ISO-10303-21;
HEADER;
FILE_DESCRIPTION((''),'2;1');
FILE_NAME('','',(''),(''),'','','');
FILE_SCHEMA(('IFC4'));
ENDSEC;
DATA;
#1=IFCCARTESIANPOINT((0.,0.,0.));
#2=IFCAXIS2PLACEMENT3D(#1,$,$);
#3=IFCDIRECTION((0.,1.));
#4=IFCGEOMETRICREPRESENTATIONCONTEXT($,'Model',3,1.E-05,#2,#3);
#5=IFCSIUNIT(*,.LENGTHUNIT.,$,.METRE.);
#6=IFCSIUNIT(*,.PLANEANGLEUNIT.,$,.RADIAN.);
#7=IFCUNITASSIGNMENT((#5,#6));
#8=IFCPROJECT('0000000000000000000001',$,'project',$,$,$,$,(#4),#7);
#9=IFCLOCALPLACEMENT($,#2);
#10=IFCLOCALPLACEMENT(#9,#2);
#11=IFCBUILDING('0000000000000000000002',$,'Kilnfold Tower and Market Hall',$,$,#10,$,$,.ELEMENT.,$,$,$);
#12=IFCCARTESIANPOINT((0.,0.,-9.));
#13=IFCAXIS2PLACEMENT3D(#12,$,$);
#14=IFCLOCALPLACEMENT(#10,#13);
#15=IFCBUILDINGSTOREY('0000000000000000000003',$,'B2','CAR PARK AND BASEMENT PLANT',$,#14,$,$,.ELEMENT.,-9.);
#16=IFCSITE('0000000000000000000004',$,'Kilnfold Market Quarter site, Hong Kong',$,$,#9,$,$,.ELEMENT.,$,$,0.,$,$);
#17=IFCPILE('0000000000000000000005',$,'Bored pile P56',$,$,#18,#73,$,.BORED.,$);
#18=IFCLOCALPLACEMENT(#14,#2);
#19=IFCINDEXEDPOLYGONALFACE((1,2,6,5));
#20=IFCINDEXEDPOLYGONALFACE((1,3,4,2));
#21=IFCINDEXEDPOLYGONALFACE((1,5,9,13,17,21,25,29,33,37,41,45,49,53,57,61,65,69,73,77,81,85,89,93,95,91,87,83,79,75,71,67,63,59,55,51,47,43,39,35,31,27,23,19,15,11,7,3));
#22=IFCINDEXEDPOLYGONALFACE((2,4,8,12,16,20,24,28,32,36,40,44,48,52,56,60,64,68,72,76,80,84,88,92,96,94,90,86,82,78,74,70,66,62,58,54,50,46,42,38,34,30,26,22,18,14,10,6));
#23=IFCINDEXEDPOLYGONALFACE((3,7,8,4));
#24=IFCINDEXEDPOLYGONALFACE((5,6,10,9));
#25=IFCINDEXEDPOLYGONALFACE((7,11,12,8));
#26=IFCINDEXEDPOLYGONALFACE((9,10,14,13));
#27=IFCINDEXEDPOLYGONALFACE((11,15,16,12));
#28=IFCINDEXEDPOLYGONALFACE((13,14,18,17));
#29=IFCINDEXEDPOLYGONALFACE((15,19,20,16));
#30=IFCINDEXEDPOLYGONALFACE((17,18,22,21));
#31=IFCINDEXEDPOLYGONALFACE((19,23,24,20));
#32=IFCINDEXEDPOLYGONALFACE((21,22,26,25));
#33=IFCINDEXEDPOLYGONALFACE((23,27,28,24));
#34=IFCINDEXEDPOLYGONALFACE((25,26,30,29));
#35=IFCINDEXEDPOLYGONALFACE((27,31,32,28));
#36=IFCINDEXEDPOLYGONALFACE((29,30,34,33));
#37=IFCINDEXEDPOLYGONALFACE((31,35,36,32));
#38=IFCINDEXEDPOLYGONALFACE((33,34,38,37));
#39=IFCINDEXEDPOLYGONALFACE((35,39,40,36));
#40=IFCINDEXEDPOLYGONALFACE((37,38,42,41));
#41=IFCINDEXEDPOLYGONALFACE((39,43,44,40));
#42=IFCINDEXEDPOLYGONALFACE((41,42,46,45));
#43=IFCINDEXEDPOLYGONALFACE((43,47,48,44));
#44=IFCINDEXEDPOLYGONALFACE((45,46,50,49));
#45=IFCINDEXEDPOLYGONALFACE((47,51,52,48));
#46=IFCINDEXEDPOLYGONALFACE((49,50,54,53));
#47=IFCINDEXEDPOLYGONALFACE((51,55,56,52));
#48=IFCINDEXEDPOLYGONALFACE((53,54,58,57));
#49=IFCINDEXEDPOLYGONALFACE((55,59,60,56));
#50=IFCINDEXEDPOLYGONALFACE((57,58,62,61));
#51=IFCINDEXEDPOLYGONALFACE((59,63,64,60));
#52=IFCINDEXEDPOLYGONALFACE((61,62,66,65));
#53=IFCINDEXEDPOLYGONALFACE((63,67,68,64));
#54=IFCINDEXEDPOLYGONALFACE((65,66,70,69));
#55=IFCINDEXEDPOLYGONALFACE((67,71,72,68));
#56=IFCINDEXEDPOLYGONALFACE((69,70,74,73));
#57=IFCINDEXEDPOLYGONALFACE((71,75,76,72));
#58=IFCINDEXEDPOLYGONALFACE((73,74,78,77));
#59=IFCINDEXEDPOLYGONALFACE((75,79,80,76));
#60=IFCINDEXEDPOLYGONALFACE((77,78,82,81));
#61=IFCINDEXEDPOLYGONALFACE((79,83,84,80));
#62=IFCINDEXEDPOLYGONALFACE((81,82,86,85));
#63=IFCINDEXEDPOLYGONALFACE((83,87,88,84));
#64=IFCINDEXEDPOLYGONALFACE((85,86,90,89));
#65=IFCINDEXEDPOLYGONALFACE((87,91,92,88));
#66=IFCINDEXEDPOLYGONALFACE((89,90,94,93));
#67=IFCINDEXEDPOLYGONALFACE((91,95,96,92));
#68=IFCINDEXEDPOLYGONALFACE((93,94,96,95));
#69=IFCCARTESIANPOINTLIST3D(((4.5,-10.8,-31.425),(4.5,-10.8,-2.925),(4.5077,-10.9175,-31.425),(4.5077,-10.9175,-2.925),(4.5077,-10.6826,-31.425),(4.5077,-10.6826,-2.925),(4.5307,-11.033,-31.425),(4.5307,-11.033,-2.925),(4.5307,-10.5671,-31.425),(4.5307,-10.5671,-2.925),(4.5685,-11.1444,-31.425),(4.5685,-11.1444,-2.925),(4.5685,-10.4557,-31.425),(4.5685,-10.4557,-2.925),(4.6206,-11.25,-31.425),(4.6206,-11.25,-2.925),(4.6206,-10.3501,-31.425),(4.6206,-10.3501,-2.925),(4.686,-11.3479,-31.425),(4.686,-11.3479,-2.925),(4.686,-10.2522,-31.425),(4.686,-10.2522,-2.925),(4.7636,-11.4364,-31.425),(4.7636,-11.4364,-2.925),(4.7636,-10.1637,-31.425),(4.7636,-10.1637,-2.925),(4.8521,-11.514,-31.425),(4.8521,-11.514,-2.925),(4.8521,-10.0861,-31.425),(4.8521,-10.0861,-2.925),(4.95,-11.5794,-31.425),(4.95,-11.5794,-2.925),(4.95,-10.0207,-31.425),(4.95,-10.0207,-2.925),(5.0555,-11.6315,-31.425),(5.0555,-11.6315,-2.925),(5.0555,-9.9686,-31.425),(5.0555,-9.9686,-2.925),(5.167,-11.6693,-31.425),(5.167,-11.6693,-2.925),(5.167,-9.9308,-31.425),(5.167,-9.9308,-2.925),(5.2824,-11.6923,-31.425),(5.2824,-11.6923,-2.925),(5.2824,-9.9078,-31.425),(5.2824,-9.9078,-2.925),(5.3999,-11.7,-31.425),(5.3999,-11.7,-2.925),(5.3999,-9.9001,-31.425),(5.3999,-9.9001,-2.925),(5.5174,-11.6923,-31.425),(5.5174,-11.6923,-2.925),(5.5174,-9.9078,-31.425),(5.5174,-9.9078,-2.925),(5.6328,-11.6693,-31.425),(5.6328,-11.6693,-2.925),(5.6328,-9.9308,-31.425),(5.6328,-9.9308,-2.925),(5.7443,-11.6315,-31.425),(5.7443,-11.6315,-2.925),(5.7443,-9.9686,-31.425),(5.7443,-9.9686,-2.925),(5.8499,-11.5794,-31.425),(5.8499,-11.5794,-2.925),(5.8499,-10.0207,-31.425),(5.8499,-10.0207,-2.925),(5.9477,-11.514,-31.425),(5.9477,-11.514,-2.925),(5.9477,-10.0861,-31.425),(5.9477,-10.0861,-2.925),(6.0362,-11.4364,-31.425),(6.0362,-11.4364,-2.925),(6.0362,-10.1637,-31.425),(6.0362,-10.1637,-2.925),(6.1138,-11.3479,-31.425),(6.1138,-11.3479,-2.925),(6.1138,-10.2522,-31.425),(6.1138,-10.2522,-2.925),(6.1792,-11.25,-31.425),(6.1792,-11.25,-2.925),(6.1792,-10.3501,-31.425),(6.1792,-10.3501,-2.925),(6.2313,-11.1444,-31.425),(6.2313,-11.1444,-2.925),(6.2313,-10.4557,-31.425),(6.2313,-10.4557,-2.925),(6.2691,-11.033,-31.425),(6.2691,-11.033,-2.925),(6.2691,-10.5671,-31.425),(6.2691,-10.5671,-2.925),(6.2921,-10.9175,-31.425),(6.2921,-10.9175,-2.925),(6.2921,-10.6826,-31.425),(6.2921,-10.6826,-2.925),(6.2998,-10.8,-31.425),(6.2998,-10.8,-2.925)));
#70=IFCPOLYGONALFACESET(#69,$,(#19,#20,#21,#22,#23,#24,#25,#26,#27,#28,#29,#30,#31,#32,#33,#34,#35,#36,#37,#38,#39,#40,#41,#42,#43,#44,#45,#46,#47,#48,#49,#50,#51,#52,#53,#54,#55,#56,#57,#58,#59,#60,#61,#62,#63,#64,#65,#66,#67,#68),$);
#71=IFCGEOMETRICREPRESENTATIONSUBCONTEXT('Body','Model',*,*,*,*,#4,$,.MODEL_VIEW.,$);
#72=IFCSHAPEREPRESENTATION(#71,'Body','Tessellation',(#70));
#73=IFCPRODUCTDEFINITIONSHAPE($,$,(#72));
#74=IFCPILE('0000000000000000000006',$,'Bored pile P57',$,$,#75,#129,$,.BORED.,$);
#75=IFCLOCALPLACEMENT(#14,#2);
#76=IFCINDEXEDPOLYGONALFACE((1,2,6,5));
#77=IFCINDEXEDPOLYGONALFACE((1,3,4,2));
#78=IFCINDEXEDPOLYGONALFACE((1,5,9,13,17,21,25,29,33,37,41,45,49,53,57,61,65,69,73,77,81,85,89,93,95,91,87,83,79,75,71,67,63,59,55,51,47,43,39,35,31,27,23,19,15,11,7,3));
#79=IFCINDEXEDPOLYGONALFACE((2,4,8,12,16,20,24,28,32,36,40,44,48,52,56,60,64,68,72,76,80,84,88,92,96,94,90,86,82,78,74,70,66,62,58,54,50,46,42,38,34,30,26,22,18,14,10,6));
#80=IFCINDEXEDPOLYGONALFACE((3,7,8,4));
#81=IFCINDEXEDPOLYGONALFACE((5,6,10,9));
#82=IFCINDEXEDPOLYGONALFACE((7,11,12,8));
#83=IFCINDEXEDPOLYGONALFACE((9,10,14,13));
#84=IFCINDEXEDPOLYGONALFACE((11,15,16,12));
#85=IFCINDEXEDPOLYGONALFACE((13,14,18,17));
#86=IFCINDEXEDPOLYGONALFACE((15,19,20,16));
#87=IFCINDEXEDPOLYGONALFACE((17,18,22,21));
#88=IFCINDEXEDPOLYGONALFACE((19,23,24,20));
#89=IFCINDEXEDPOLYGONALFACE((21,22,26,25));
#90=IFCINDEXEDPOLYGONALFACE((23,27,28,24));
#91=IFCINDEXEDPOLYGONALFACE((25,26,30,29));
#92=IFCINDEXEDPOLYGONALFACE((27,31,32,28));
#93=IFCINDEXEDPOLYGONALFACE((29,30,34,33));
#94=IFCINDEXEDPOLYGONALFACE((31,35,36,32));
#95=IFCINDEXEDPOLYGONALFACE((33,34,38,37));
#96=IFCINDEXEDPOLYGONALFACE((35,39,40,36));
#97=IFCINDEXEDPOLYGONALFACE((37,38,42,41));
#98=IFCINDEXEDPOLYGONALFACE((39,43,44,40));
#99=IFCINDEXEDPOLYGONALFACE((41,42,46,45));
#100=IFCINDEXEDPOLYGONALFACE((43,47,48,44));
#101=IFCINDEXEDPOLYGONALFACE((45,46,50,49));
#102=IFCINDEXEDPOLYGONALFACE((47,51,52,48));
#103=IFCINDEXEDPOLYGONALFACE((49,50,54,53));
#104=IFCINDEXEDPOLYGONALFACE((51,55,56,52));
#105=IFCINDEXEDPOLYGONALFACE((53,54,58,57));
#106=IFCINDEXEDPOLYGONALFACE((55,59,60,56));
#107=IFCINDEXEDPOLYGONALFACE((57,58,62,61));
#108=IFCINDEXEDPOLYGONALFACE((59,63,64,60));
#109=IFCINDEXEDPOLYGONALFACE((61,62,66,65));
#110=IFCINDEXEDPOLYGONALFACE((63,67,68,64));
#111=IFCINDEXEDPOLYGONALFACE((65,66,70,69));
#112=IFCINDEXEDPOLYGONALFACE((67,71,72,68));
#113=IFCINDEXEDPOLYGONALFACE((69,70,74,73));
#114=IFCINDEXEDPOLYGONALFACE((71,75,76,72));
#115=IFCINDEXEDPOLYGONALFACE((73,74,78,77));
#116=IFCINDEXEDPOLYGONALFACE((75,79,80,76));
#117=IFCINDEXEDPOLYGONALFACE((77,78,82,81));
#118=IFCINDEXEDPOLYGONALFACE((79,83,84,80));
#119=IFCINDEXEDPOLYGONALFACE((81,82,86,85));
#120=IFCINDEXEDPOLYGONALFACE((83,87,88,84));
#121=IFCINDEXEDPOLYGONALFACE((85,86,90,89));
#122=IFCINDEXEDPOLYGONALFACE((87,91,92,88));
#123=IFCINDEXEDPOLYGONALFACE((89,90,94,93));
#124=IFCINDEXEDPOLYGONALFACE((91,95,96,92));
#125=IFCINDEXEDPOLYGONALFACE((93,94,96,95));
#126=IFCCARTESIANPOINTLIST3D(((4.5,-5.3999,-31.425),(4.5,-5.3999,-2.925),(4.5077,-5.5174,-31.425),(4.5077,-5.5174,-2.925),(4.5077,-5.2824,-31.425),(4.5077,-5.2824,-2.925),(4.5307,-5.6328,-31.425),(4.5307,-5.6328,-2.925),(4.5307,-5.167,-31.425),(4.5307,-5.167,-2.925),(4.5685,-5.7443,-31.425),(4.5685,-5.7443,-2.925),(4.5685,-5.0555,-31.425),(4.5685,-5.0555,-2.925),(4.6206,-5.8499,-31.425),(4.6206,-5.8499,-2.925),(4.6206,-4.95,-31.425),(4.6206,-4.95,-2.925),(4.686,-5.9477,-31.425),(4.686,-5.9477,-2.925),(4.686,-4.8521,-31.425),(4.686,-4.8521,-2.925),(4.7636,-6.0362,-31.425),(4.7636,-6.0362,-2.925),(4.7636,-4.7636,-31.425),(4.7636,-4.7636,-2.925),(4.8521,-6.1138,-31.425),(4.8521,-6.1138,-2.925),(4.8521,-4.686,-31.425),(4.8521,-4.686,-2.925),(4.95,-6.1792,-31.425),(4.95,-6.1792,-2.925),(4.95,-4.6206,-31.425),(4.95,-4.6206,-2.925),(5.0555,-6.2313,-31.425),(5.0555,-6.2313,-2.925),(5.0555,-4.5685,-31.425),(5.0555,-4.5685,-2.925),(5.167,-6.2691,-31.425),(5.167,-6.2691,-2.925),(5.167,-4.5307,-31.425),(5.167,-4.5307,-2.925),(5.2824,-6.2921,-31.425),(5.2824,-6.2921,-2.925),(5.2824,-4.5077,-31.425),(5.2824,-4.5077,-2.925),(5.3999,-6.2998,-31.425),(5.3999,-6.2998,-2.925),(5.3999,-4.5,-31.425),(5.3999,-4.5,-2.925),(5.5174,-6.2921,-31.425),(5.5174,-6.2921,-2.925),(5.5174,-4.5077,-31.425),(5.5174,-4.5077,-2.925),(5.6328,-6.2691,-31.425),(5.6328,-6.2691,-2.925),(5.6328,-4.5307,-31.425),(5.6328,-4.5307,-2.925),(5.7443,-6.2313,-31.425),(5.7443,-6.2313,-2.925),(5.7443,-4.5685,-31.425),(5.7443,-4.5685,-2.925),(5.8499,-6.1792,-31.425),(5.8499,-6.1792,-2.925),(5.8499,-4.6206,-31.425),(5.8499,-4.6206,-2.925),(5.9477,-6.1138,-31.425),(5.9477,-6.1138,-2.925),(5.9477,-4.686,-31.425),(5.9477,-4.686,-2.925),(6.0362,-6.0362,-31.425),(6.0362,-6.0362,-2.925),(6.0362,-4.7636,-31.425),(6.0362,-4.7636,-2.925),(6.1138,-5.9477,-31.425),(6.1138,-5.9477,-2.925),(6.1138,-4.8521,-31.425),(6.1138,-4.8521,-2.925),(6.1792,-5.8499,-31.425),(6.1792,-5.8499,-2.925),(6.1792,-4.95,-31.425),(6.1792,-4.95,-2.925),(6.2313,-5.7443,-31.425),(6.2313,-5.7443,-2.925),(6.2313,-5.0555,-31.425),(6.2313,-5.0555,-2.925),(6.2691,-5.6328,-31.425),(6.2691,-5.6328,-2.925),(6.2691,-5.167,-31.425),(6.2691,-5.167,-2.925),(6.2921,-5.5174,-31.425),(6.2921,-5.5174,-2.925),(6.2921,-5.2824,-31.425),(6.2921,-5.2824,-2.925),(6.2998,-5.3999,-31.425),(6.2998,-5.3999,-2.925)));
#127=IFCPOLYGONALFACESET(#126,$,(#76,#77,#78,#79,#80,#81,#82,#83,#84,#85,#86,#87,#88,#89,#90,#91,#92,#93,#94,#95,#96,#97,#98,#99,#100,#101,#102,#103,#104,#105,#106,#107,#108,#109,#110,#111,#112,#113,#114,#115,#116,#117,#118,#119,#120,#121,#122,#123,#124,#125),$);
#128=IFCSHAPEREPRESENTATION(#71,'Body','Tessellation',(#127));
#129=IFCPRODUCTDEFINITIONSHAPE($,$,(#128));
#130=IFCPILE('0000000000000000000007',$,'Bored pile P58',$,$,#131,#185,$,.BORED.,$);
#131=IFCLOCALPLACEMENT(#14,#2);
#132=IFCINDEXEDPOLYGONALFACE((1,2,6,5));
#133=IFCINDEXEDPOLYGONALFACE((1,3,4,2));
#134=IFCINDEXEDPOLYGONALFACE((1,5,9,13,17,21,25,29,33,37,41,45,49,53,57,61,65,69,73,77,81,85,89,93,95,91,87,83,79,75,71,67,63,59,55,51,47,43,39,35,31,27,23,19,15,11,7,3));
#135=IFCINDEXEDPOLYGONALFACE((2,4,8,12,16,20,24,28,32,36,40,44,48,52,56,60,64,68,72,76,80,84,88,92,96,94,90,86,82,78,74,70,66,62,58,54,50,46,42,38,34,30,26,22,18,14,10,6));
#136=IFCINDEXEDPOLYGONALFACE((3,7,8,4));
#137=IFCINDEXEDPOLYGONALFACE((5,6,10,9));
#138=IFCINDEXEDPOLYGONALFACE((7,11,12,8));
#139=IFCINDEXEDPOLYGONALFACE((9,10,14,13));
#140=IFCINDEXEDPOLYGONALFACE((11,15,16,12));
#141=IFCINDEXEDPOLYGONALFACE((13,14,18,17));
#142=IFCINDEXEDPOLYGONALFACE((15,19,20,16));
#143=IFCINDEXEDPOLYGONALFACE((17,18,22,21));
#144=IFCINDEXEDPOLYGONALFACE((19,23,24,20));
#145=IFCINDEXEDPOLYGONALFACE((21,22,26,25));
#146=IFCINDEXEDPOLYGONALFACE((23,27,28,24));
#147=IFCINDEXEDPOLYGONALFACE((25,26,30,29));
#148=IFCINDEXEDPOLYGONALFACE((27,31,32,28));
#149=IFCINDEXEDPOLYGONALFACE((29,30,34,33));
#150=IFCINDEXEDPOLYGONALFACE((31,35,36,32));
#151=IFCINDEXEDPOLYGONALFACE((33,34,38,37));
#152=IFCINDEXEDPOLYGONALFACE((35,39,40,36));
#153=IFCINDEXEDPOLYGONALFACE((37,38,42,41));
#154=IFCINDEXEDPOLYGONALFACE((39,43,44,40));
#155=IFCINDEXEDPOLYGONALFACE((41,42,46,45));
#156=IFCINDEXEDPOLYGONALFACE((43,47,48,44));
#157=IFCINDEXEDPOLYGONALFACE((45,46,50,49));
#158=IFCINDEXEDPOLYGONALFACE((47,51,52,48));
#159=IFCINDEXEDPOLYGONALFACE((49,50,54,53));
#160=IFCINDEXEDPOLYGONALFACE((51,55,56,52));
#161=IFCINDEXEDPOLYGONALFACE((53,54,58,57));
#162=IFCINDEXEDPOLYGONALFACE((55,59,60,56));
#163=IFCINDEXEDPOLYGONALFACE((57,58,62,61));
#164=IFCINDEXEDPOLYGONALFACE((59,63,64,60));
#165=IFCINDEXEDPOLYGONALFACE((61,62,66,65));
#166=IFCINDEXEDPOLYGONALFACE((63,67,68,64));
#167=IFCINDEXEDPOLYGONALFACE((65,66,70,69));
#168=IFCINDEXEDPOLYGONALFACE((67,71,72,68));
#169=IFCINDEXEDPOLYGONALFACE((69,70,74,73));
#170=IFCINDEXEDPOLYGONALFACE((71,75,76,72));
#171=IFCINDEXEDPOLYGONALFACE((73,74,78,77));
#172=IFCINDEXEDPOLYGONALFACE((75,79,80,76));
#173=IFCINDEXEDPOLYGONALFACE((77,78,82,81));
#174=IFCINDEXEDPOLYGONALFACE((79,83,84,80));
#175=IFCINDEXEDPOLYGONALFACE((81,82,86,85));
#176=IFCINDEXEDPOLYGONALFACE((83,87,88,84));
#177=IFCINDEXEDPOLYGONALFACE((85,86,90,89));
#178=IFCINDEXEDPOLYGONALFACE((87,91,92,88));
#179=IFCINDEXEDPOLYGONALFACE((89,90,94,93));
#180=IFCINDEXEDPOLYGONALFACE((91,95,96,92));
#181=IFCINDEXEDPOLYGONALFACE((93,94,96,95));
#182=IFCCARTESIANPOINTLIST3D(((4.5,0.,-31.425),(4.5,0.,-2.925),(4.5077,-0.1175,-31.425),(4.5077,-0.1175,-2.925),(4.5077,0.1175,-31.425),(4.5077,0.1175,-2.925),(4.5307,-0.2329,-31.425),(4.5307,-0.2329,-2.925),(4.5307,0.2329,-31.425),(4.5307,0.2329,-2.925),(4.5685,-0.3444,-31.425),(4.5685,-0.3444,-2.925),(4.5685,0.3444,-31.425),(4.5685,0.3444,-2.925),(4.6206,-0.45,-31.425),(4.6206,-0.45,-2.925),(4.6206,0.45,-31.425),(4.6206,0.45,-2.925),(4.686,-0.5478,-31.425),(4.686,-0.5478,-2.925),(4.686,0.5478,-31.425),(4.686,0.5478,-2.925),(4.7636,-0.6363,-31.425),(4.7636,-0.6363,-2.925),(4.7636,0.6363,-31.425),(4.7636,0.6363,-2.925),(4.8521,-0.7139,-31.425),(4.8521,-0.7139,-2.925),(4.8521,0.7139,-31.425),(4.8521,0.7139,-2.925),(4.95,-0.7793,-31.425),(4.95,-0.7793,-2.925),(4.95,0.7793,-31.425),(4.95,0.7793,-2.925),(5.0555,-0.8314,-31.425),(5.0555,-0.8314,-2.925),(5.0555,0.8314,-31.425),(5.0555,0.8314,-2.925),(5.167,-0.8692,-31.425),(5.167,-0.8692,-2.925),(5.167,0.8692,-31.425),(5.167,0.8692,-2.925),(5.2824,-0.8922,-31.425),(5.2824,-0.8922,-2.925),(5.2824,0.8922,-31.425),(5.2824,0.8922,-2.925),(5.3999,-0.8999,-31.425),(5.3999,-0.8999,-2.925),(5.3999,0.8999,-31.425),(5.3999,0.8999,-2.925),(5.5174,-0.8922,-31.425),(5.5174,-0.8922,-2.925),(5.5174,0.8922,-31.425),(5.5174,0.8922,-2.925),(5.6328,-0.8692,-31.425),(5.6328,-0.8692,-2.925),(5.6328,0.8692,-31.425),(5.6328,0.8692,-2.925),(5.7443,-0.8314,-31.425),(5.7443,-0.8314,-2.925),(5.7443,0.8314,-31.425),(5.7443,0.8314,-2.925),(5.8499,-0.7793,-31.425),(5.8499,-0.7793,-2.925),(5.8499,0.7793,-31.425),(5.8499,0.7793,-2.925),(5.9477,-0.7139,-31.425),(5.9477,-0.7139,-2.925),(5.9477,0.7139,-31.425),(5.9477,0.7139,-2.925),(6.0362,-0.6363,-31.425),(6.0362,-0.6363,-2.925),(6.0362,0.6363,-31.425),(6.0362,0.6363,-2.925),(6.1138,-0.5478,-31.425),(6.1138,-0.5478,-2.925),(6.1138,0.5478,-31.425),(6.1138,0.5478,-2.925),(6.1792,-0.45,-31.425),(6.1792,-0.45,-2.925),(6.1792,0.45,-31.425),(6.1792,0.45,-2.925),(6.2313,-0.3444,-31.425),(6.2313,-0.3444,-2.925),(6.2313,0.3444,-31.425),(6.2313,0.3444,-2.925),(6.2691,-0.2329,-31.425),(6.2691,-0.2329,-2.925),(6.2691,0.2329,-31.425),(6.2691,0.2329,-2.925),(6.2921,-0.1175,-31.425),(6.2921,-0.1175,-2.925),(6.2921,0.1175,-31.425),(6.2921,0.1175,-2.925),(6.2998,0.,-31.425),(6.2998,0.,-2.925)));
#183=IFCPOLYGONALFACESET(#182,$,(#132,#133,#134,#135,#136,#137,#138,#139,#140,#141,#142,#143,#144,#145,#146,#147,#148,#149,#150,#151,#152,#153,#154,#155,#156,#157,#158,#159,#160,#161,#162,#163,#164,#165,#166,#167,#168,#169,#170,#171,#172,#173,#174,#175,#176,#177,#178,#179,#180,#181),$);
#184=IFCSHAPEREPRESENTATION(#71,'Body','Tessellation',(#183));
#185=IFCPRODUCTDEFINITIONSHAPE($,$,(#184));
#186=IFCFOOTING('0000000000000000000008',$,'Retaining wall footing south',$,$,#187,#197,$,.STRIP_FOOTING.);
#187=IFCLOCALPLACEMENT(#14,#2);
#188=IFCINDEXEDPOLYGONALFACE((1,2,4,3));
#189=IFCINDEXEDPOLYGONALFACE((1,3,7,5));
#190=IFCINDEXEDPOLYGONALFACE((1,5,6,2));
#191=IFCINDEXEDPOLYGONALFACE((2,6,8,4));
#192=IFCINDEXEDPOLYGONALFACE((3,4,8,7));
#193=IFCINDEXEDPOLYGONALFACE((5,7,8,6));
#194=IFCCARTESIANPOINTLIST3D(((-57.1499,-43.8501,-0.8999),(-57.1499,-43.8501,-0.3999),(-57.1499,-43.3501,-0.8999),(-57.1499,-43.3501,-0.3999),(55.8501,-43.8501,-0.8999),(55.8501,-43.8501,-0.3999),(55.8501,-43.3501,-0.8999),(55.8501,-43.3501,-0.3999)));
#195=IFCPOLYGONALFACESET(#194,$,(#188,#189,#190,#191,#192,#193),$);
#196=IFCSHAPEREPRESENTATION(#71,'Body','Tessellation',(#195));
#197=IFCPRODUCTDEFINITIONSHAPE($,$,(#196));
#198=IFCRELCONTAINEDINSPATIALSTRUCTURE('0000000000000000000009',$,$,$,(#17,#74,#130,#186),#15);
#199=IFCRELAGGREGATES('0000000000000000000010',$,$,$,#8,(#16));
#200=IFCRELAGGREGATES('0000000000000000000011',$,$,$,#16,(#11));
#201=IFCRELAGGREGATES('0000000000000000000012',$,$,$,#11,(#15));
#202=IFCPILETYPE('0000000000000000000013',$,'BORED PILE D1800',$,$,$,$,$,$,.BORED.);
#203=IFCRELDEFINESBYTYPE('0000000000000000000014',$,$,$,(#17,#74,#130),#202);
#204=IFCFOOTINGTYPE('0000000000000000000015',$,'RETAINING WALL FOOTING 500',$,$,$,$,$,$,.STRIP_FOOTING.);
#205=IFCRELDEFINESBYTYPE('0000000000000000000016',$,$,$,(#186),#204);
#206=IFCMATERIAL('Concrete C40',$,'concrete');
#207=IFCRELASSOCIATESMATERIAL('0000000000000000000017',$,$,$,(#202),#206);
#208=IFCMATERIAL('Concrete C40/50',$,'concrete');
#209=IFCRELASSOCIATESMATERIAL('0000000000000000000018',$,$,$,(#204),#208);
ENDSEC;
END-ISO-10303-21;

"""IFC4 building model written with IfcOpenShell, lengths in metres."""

from ifc_helpers import new_model, si_unit, direction, frame, origin, origin_2d, place, context, subcontext, project, spatial, polyline, circle, outline, extrude, source, transform, mapped, material, material_profile, profile_set, type_object, element, save


model = new_model("IFC4")

# Units and contexts
model_context = context("Model", 3, precision=1e-05, world=origin(), true_north=direction((0.0, 1.0)))
body_context = subcontext(model_context, "Body", "Model", "MODEL_VIEW")
ifc_project = project(units=[si_unit("LENGTHUNIT", "METRE"), si_unit("PLANEANGLEUNIT", "RADIAN")], contexts=[model_context])

# Site, building, storey
site_placement = place(None, origin())
site = spatial("IfcSite", under=ifc_project, at=site_placement, Name="Kilnfold Market Quarter site, Hong Kong", CompositionType="ELEMENT", RefElevation=0.0)
building_placement = place(site_placement, origin())
building = spatial("IfcBuilding", under=site, at=building_placement, Name="Kilnfold Tower and Market Hall", CompositionType="ELEMENT")
storey_placement = place(building_placement, frame((0.0, 0.0, -9.0)))
storey = spatial("IfcBuildingStorey", under=building, at=storey_placement, Name="B2", Description="CAR PARK AND BASEMENT PLANT", CompositionType="ELEMENT", Elevation=-9.0)

# Piles
ifc_material_1 = material(Name="Concrete C40", Category="concrete")
ifc_material_profile_1 = material_profile(ifc_material_1, circle(Radius=0.8999, at=origin_2d()), Name="RC D1800")
ifc_profile_set_1 = profile_set([ifc_material_profile_1], Name="Concrete C40")
pile_type = type_object("IfcPileType", Name="BORED PILE D1800", PredefinedType="BORED", material=ifc_profile_set_1)
shared_shape_1 = source(origin(), body_context, "Body", "SweptSolid", [
    extrude(circle(Radius=0.8999, at=origin_2d()), origin(), (0.0, 0.0, 1.0), 28.5),
])
for number, where, z_axis, x_axis, name in (
    (1, (5.3999, -10.8, -2.925), (0.0, 0.0, -1.0), (1.0, 0.0, 0.0), "Bored pile P56"),
    (2, (5.3999, -5.3999, -2.925), (0.0, 0.0, -1.0), (1.0, 0.0, 0.0), "Bored pile P57"),
    (3, (5.3999, 0.0, -2.925), (0.0, 0.0, -1.0), (1.0, 0.0, 0.0), "Bored pile P58"),
):
    element("IfcPile", number, at=place(storey_placement, frame(where, z_axis=z_axis, x_axis=x_axis)), inside=storey, type_object=pile_type, Name=name, PredefinedType="BORED", context=body_context, shape_type="MappedRepresentation", body=[
        mapped(shared_shape_1, transform((0.0, 0.0, 0.0))),
    ])

# Footing
ifc_material_2 = material(Name="Concrete C40/50", Category="concrete")
footing_type_1 = type_object("IfcFootingType", Name="RETAINING WALL FOOTING 500", PredefinedType="STRIP_FOOTING", material=ifc_material_2)
shared_shape_2 = source(origin(), body_context, "Body", "SweptSolid", [
    extrude(outline(polyline([(-57.1499, -43.8501), (55.8501, -43.8501), (55.8501, -43.3501), (-57.1499, -43.3501), (-57.1499, -43.8501)])), origin(), (0.0, 0.0, 1.0), 0.5),
])
footing_1_placement = place(storey_placement, frame((0.0, 0.0, -0.8999)))
element("IfcFooting", 4, at=footing_1_placement, inside=storey, type_object=footing_type_1, Name="Retaining wall footing south", PredefinedType="STRIP_FOOTING", context=body_context, shape_type="MappedRepresentation", body=[
    mapped(shared_shape_2, transform((0.0, 0.0, 0.0))),
])

save(model, "model.ifc")
